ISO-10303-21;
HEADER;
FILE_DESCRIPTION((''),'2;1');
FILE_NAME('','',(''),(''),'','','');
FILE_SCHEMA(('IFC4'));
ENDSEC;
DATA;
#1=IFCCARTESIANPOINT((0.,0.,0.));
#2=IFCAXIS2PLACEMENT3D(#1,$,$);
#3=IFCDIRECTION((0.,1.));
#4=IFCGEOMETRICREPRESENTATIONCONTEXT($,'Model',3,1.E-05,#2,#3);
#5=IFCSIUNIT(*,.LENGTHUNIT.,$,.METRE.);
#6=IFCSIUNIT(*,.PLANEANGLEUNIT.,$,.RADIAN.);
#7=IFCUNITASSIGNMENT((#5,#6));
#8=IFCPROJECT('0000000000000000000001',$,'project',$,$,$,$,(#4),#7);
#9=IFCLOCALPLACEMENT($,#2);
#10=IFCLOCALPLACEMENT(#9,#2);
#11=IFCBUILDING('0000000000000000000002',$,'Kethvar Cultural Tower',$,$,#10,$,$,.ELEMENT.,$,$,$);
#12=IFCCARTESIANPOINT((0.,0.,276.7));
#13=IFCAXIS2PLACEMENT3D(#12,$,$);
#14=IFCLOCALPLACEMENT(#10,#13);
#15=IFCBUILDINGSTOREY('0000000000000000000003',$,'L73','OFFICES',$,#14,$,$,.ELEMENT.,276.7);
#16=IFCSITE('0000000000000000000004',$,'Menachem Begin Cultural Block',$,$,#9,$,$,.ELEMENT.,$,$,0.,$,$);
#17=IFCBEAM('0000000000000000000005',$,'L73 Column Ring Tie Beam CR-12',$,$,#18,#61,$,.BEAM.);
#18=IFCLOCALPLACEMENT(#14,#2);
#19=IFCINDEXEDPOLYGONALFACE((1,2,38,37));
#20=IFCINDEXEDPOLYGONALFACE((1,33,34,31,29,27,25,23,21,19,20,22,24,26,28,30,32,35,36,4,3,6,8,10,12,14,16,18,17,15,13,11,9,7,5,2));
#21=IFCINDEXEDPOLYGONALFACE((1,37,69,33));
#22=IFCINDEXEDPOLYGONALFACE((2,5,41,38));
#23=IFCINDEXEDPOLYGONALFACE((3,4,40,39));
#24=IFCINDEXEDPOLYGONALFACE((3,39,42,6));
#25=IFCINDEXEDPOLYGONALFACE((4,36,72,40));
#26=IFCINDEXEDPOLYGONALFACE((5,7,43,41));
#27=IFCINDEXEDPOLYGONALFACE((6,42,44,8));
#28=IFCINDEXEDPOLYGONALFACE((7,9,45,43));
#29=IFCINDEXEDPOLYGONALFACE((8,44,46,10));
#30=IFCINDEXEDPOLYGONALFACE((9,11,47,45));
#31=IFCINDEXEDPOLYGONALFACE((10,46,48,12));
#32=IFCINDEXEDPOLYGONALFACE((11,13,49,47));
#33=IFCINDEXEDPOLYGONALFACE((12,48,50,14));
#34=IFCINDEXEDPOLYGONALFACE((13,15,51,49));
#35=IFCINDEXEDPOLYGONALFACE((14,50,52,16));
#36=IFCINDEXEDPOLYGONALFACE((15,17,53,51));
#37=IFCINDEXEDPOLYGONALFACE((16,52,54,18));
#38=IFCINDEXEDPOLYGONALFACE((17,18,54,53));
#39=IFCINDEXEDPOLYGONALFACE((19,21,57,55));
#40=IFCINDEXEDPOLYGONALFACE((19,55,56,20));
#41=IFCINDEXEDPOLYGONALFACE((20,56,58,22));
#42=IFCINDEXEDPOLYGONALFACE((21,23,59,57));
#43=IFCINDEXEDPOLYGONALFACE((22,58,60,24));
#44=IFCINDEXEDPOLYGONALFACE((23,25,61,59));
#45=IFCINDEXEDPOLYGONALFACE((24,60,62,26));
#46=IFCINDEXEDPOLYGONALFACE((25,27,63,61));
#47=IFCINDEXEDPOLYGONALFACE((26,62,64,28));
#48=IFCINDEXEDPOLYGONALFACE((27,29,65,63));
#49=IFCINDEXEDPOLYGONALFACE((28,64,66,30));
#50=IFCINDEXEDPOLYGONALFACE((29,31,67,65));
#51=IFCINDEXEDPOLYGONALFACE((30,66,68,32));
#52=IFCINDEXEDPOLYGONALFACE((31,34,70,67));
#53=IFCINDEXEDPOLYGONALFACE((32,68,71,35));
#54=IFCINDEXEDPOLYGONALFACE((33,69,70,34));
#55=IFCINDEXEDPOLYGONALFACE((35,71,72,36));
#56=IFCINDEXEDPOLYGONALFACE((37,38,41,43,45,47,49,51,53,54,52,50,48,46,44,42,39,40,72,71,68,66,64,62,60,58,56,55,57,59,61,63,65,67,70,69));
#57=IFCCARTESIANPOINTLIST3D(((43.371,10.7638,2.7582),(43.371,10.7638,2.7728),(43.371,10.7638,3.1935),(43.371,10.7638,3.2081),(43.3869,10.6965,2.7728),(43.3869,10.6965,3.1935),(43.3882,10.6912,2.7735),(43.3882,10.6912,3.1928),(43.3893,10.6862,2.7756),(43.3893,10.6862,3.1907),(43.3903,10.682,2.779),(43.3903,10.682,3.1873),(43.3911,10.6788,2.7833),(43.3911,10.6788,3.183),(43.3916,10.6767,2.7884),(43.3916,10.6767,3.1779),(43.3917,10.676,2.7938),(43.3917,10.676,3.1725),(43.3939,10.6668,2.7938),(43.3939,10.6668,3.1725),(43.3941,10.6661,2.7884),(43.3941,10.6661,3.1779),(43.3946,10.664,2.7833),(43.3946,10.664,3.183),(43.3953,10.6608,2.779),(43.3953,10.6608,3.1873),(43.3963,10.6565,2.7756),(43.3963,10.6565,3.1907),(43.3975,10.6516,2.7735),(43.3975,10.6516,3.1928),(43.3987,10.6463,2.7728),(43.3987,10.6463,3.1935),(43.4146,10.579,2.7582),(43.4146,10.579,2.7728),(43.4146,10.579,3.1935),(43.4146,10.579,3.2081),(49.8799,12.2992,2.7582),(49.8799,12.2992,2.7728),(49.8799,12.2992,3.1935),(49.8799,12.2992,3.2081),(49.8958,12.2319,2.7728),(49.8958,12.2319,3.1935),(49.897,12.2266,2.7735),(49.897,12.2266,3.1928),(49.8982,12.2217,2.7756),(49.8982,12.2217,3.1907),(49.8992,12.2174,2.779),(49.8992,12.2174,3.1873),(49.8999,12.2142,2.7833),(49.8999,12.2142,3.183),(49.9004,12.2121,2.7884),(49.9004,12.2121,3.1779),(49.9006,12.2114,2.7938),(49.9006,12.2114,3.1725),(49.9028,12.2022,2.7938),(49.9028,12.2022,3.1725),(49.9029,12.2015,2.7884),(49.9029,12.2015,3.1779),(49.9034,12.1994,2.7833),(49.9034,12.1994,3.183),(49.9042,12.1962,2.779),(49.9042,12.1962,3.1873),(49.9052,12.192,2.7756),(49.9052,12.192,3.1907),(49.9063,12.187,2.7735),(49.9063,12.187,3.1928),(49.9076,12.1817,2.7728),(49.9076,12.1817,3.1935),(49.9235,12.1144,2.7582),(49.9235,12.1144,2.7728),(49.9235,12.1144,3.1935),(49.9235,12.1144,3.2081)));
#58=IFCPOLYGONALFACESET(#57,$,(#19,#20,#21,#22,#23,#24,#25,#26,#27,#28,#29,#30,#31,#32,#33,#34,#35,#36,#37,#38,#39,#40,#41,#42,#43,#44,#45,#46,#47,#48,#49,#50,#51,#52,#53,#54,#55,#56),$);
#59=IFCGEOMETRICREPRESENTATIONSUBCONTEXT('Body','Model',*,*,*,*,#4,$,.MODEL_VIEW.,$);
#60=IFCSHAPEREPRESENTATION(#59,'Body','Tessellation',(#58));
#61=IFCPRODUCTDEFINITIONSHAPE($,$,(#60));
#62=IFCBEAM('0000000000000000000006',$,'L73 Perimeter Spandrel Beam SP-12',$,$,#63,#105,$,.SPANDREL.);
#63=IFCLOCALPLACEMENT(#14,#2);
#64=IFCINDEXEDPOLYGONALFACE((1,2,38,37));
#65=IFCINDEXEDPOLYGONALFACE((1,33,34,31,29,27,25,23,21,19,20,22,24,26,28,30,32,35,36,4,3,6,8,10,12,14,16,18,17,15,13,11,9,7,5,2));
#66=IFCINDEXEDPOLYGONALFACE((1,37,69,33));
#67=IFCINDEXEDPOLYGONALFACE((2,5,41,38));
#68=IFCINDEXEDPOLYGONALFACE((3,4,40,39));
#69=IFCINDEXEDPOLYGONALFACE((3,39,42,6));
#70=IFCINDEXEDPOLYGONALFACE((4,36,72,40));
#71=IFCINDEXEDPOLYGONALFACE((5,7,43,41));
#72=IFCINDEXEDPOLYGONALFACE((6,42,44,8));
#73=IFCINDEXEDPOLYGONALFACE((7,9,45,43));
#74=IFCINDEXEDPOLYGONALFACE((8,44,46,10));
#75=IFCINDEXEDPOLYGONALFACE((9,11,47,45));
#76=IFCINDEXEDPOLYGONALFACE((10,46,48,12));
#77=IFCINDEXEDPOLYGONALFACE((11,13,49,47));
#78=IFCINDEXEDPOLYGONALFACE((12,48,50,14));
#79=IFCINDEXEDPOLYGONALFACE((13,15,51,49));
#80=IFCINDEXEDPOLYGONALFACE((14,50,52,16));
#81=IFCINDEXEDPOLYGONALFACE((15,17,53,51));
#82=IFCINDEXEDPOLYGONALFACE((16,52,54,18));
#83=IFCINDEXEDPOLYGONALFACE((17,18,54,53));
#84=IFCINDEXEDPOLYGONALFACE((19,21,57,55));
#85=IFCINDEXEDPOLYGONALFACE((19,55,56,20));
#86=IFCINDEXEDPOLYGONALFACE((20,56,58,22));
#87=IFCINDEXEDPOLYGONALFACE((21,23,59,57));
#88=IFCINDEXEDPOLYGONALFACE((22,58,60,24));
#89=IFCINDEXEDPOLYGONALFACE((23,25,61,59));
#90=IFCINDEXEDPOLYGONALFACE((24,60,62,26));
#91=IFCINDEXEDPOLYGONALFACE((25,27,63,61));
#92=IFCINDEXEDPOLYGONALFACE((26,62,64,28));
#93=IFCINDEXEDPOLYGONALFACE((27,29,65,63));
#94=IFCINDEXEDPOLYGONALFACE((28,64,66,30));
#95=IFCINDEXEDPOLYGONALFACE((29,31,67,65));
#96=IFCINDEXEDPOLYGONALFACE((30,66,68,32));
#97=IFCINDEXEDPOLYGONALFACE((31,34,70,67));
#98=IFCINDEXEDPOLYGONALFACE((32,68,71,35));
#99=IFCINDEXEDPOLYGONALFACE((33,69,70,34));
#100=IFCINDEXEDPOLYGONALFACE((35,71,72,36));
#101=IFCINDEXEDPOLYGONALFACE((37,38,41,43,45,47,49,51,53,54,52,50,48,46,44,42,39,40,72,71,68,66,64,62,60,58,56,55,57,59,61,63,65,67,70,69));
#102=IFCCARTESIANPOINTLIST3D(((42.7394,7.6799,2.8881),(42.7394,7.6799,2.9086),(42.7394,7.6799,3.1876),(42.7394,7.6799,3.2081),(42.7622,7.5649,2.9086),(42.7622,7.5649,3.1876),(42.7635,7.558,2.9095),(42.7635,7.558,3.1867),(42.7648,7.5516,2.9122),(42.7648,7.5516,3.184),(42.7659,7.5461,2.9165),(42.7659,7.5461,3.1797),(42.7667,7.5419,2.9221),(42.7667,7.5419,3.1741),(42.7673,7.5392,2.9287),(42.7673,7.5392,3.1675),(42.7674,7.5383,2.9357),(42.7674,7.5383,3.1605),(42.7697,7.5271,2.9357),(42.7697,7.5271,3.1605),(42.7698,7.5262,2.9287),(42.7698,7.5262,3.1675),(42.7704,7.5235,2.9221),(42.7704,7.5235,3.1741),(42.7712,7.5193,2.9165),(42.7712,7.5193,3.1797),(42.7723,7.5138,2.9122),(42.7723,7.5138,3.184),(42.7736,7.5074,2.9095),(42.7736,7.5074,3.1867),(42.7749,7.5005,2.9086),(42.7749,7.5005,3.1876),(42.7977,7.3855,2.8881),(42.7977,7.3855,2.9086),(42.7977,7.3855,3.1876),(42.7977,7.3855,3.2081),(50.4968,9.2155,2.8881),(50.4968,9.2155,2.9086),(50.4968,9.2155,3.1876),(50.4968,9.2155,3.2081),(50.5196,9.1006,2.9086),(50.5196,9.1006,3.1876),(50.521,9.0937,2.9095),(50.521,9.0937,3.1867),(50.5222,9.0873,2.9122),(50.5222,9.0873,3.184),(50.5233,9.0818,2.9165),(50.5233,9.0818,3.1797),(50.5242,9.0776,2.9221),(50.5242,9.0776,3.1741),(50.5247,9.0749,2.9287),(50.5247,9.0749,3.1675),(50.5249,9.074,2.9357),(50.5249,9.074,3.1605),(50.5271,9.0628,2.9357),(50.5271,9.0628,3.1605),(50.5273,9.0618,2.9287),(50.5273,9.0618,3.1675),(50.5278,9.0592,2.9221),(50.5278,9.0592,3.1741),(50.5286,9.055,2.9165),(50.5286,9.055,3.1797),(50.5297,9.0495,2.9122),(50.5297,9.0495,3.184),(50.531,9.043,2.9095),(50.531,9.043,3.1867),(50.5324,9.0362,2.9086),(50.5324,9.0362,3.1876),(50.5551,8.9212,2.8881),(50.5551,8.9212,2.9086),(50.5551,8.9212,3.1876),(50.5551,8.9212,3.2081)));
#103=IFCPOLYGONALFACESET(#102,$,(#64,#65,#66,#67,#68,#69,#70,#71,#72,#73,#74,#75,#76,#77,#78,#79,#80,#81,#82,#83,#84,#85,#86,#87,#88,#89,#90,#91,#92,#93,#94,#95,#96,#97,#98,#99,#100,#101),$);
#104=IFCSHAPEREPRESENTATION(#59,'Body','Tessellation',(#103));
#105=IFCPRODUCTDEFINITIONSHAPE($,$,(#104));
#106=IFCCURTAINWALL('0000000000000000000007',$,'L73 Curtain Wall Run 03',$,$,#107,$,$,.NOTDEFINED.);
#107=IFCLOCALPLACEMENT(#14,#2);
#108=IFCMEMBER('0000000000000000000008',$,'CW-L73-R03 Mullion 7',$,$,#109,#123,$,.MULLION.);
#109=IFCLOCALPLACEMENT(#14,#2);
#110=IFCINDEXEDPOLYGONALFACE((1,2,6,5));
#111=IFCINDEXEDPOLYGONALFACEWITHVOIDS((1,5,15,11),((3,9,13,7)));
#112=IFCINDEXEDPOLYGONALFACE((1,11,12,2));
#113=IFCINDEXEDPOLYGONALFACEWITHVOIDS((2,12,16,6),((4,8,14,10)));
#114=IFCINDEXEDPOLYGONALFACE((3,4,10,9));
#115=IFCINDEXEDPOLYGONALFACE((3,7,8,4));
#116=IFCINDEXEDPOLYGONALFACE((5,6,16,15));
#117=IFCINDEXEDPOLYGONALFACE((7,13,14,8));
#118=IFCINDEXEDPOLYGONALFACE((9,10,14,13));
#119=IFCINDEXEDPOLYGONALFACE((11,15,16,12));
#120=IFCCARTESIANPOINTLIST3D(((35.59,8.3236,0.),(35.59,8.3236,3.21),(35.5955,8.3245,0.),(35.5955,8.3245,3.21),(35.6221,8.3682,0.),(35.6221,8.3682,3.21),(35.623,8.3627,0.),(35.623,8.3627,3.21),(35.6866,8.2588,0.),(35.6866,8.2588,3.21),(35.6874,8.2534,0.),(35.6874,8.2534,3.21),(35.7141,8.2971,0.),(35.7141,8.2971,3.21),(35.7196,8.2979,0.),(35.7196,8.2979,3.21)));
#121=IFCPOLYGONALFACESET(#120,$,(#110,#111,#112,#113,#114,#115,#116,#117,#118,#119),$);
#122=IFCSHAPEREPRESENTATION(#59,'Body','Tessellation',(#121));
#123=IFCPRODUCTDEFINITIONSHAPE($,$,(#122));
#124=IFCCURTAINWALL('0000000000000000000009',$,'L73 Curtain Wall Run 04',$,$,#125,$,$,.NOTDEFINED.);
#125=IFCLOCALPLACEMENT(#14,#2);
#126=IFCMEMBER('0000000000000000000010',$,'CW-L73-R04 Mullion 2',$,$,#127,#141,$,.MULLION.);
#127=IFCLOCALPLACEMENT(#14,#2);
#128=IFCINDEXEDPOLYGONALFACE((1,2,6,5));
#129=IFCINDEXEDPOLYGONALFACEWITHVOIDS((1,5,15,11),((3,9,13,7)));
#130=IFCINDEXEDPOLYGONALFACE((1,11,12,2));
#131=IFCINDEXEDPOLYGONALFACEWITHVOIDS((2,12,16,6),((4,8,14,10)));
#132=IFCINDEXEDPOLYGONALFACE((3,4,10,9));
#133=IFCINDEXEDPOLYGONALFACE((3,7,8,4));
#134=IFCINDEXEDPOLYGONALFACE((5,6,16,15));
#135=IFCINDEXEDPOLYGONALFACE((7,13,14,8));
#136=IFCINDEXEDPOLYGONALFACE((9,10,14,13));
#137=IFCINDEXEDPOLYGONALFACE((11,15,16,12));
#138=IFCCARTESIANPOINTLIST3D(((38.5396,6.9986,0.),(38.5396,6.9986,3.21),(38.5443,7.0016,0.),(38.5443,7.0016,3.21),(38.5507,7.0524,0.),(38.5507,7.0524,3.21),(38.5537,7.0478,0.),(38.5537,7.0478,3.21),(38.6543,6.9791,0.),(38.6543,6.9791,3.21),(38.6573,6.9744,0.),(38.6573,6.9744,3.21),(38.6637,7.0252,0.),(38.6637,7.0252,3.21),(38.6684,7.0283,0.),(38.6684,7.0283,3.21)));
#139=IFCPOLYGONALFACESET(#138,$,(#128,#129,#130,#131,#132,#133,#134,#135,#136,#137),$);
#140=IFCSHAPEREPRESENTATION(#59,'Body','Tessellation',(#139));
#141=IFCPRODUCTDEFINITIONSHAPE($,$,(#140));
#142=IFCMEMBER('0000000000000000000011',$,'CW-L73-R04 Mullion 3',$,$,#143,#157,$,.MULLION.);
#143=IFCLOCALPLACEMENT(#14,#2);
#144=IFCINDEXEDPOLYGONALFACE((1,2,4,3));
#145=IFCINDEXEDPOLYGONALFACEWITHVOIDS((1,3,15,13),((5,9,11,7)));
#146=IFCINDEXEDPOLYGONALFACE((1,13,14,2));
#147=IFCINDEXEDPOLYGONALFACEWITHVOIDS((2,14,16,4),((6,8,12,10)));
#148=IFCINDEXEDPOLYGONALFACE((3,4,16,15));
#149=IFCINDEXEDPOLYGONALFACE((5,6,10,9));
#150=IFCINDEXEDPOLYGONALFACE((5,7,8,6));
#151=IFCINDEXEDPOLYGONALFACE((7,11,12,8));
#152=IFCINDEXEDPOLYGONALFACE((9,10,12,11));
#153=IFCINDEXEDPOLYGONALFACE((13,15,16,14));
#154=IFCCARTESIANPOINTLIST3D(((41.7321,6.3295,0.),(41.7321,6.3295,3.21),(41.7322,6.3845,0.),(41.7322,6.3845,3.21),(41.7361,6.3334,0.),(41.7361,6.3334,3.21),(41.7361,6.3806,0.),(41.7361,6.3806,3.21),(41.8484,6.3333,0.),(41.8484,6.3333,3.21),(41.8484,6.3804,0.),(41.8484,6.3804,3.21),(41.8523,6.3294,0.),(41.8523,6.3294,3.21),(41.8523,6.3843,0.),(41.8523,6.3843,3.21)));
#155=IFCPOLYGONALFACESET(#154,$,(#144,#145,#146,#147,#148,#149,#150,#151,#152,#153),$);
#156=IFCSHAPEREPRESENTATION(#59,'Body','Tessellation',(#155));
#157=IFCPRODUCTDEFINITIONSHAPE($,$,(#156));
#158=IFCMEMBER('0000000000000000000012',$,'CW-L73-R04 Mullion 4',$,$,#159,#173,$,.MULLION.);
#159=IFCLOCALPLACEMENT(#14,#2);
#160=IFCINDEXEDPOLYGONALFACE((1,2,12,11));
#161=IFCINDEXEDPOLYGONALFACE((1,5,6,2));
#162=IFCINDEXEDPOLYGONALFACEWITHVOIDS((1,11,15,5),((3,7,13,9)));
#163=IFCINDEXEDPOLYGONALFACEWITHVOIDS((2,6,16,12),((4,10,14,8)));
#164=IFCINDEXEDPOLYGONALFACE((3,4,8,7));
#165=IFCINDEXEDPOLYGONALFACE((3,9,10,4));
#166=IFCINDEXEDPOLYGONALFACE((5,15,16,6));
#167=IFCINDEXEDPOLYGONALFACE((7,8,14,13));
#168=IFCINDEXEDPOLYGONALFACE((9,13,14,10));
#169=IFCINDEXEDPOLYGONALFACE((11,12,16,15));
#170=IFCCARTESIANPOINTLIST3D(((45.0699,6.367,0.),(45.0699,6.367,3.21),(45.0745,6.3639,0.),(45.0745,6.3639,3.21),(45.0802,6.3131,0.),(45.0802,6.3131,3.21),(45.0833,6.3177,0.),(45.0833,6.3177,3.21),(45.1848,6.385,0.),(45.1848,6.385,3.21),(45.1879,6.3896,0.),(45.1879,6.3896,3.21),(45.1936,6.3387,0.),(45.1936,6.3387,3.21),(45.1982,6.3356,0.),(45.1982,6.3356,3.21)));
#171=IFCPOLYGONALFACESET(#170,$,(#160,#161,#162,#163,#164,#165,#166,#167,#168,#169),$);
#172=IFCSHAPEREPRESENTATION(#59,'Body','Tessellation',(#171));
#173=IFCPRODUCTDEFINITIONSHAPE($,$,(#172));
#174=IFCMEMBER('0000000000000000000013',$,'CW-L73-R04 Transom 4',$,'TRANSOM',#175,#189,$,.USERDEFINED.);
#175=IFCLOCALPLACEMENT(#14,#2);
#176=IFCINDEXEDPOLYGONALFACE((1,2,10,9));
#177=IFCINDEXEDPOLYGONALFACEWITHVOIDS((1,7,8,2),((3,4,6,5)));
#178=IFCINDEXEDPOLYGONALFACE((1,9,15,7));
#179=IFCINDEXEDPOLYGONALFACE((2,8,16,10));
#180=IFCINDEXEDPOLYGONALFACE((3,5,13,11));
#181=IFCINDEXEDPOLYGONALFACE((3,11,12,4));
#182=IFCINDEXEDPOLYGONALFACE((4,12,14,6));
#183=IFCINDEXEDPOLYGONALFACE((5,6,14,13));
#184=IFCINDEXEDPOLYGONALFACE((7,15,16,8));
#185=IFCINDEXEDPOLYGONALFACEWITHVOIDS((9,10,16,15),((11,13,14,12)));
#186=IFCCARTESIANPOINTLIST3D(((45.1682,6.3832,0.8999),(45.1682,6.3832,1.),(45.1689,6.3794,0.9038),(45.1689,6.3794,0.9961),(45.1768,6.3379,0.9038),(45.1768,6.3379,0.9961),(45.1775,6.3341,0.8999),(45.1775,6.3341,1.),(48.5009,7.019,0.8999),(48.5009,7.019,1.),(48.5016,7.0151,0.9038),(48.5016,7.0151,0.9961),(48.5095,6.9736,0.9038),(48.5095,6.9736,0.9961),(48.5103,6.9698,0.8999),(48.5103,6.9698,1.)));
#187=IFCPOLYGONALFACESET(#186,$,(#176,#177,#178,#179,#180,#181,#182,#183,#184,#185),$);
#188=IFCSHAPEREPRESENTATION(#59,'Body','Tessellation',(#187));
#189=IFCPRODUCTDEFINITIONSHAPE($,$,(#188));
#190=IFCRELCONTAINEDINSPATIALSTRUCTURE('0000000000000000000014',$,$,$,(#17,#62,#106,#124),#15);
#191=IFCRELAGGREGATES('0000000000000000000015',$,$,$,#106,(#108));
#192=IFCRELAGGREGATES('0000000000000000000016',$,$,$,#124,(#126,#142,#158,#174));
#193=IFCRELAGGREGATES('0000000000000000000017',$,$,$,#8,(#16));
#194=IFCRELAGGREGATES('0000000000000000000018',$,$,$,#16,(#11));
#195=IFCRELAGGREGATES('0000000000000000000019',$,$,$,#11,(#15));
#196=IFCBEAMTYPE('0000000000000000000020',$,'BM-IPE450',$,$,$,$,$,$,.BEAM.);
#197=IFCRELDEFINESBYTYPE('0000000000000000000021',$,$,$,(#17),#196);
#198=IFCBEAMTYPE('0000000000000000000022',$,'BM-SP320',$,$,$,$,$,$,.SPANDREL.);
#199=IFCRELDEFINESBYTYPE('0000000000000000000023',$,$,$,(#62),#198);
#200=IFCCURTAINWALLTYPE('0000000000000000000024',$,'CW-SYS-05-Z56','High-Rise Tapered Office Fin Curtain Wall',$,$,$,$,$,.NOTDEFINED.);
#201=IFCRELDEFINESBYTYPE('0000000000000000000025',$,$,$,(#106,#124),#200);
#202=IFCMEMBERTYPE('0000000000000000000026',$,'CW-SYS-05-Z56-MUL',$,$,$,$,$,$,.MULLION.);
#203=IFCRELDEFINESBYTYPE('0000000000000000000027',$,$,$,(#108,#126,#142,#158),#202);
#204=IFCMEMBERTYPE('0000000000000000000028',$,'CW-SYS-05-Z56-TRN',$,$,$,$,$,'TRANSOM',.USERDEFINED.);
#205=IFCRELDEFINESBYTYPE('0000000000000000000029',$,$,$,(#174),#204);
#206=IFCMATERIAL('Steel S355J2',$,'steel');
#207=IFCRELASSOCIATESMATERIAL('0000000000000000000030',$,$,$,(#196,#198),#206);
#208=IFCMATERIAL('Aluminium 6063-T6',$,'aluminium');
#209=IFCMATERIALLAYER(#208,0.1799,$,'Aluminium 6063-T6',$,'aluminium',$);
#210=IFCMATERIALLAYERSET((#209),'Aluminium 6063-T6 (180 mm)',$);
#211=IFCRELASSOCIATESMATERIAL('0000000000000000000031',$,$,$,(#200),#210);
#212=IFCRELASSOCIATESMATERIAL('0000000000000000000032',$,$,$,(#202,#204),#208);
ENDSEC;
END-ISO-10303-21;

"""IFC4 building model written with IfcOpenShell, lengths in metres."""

from ifc_helpers import new_model, si_unit, direction, frame, origin, origin_2d, place, context, subcontext, project, spatial, hollow_rectangle, i_section, extrude, source, transform, mapped, material, layer, layer_set, material_profile, profile_set, type_object, element, aggregate, save


model = new_model("IFC4")

# Units and contexts
model_context = context("Model", 3, precision=1e-05, world=origin(), true_north=direction((0.0, 1.0)))
body_context = subcontext(model_context, "Body", "Model", "MODEL_VIEW")
ifc_project = project(units=[si_unit("LENGTHUNIT", "METRE"), si_unit("PLANEANGLEUNIT", "RADIAN")], contexts=[model_context])

# Site, building, storey
site_placement = place(None, origin())
site = spatial("IfcSite", under=ifc_project, at=site_placement, Name="Menachem Begin Cultural Block", CompositionType="ELEMENT", RefElevation=0.0)
building_placement = place(site_placement, origin())
building = spatial("IfcBuilding", under=site, at=building_placement, Name="Kethvar Cultural Tower", CompositionType="ELEMENT")
storey_placement = place(building_placement, frame((0.0, 0.0, 276.7)))
storey = spatial("IfcBuildingStorey", under=building, at=storey_placement, Name="L73", Description="OFFICES", CompositionType="ELEMENT", Elevation=276.7)

# Shared definitions
ifc_material_1 = material(Name="Steel S355J2", Category="steel")

# Beams
ifc_material_profile_1 = material_profile(ifc_material_1, i_section(OverallWidth=0.1899, OverallDepth=0.45, WebThickness=0.0095, FlangeThickness=0.0146, FilletRadius=0.021, at=origin_2d()), Name="Steel S355J2 — IPE450")
ifc_profile_set_1 = profile_set([ifc_material_profile_1], Name="Steel S355J2 — IPE450")
beam_type_1 = type_object("IfcBeamType", Name="BM-IPE450", PredefinedType="BEAM", material=ifc_profile_set_1)
ifc_material_profile_2 = material_profile(ifc_material_1, i_section(OverallWidth=0.3, OverallDepth=0.3201, WebThickness=0.0115, FlangeThickness=0.0205, FilletRadius=0.0271, at=origin_2d()), Name="Steel S355J2 — HEB320")
ifc_profile_set_2 = profile_set([ifc_material_profile_2], Name="Steel S355J2 — HEB320")
beam_type_2 = type_object("IfcBeamType", Name="BM-SP320", PredefinedType="SPANDREL", material=ifc_profile_set_2)
shared_shape_1 = source(origin(), body_context, "Body", "SweptSolid", [
    extrude(i_section(OverallWidth=0.1899, OverallDepth=0.45, WebThickness=0.0095, FlangeThickness=0.0146, FilletRadius=0.021, at=origin_2d()), origin(), (0.0, 0.0, 1.0), 6.6875),
])
beam_1_placement = place(storey_placement, frame((43.3928, 10.6714, 2.9832), z_axis=(0.973286, 0.229595, 0.0), x_axis=(-0.229595, 0.973286, 0.0)))
element("IfcBeam", 1, at=beam_1_placement, inside=storey, type_object=beam_type_1, Name="L73 Column Ring Tie Beam CR-12", PredefinedType="BEAM", context=body_context, shape_type="MappedRepresentation", body=[
    mapped(shared_shape_1, transform((0.0, 0.0, 0.0), scale=1.0)),
])
shared_shape_2 = source(origin(), body_context, "Body", "SweptSolid", [
    extrude(i_section(OverallWidth=0.3, OverallDepth=0.3201, WebThickness=0.0115, FlangeThickness=0.0205, FilletRadius=0.0271, at=origin_2d()), origin(), (0.0, 0.0, 1.0), 7.908),
])
beam_2_placement = place(storey_placement, frame((42.7686, 7.5327, 3.0481), z_axis=(0.980964, 0.194192, 0.0), x_axis=(-0.194192, 0.980964, 0.0)))
element("IfcBeam", 2, at=beam_2_placement, inside=storey, type_object=beam_type_2, Name="L73 Perimeter Spandrel Beam SP-12", PredefinedType="SPANDREL", context=body_context, shape_type="MappedRepresentation", body=[
    mapped(shared_shape_2, transform((0.0, 0.0, 0.0), scale=1.0)),
])

# Curtain wall, member
ifc_material_2 = material(Name="Aluminium 6063-T6", Category="aluminium")
ifc_layer_1 = layer(ifc_material_2, 0.1799, Name="Aluminium 6063-T6", Category="aluminium")
ifc_layer_set_1 = layer_set([ifc_layer_1], Name="Aluminium 6063-T6 (180 mm)")
curtain_wall_type = type_object("IfcCurtainWallType", Name="CW-SYS-05-Z56", Description="High-Rise Tapered Office Fin Curtain Wall", PredefinedType="NOTDEFINED", material=ifc_layer_set_1)
curtain_wall_1_placement = place(storey_placement, origin())
curtain_wall_1 = element("IfcCurtainWall", 3, at=curtain_wall_1_placement, inside=storey, type_object=curtain_wall_type, Name="L73 Curtain Wall Run 03", PredefinedType="NOTDEFINED")
ifc_material_profile_3 = material_profile(ifc_material_2, hollow_rectangle(XDim=0.0549, YDim=0.1201, WallThickness=0.0039, at=origin_2d()), Name="Aluminium 6063-T6 — RHS120x55x4")
ifc_profile_set_3 = profile_set([ifc_material_profile_3], Name="Aluminium 6063-T6 — RHS120x55x4")
member_type_1 = type_object("IfcMemberType", Name="CW-SYS-05-Z56-MUL", PredefinedType="MULLION", material=ifc_profile_set_3)
shared_shape_3 = source(origin(), body_context, "Body", "SweptSolid", [
    extrude(hollow_rectangle(XDim=0.0549, YDim=0.1201, WallThickness=0.0039, at=origin_2d()), origin(), (0.0, 0.0, 1.0), 3.21),
])
member_1_placement = place(storey_placement, frame((35.6548, 8.3108, 0.0), z_axis=(0.0, 0.0, 1.0), x_axis=(0.58483, 0.811156, 0.0)))
member_1 = element("IfcMember", 4, at=member_1_placement, type_object=member_type_1, Name="CW-L73-R03 Mullion 7", PredefinedType="MULLION", context=body_context, shape_type="MappedRepresentation", body=[
    mapped(shared_shape_3, transform((0.0, 0.0, 0.0), scale=1.0)),
])

# Curtain wall, members
curtain_wall_2_placement = place(storey_placement, origin())
curtain_wall_2 = element("IfcCurtainWall", 5, at=curtain_wall_2_placement, inside=storey, type_object=curtain_wall_type, Name="L73 Curtain Wall Run 04", PredefinedType="NOTDEFINED")
member_2_placement = place(storey_placement, frame((38.604, 7.0134, 0.0), z_axis=(0.0, 0.0, 1.0), x_axis=(0.201061, 0.979579, 0.0)))
member_2 = element("IfcMember", 6, at=member_2_placement, type_object=member_type_1, Name="CW-L73-R04 Mullion 2", PredefinedType="MULLION", context=body_context, shape_type="MappedRepresentation", body=[
    mapped(shared_shape_3, transform((0.0, 0.0, 0.0), scale=1.0)),
])
member_3_placement = place(storey_placement, frame((41.7922, 6.3569, 0.0), z_axis=(0.0, 0.0, 1.0), x_axis=(0.001187, 0.999999, 0.0)))
member_3 = element("IfcMember", 7, at=member_3_placement, type_object=member_type_1, Name="CW-L73-R04 Mullion 3", PredefinedType="MULLION", context=body_context, shape_type="MappedRepresentation", body=[
    mapped(shared_shape_3, transform((0.0, 0.0, 0.0), scale=1.0)),
])
member_4_placement = place(storey_placement, frame((45.134, 6.3513, 0.0), z_axis=(0.0, 0.0, 1.0), x_axis=(-0.187416, 0.982281, 0.0)))
member_4 = element("IfcMember", 8, at=member_4_placement, type_object=member_type_1, Name="CW-L73-R04 Mullion 4", PredefinedType="MULLION", context=body_context, shape_type="MappedRepresentation", body=[
    mapped(shared_shape_3, transform((0.0, 0.0, 0.0), scale=1.0)),
])
ifc_material_profile_4 = material_profile(ifc_material_2, hollow_rectangle(XDim=0.05, YDim=0.1001, WallThickness=0.0039, at=origin_2d()), Name="Aluminium 6063-T6 — RHS100x50x4")
ifc_profile_set_4 = profile_set([ifc_material_profile_4], Name="Aluminium 6063-T6 — RHS100x50x4")
member_type_2 = type_object("IfcMemberType", Name="CW-SYS-05-Z56-TRN", ElementType="TRANSOM", PredefinedType="USERDEFINED", material=ifc_profile_set_4)
shared_shape_4 = source(origin(), body_context, "Body", "SweptSolid", [
    extrude(hollow_rectangle(XDim=0.05, YDim=0.1001, WallThickness=0.0039, at=origin_2d()), origin(), (0.0, 0.0, 1.0), 3.3928),
])
member_5_placement = place(storey_placement, frame((45.1729, 6.3586, 0.95), z_axis=(0.982288, 0.187377, 0.0), x_axis=(-0.187377, 0.982288, 0.0)))
member_5 = element("IfcMember", 9, at=member_5_placement, type_object=member_type_2, Name="CW-L73-R04 Transom 4", ObjectType="TRANSOM", PredefinedType="USERDEFINED", context=body_context, shape_type="MappedRepresentation", body=[
    mapped(shared_shape_4, transform((0.0, 0.0, 0.0), scale=1.0)),
])

aggregate(curtain_wall_1, [member_1])
aggregate(curtain_wall_2, [member_2, member_3, member_4, member_5])

save(model, "model.ifc")
